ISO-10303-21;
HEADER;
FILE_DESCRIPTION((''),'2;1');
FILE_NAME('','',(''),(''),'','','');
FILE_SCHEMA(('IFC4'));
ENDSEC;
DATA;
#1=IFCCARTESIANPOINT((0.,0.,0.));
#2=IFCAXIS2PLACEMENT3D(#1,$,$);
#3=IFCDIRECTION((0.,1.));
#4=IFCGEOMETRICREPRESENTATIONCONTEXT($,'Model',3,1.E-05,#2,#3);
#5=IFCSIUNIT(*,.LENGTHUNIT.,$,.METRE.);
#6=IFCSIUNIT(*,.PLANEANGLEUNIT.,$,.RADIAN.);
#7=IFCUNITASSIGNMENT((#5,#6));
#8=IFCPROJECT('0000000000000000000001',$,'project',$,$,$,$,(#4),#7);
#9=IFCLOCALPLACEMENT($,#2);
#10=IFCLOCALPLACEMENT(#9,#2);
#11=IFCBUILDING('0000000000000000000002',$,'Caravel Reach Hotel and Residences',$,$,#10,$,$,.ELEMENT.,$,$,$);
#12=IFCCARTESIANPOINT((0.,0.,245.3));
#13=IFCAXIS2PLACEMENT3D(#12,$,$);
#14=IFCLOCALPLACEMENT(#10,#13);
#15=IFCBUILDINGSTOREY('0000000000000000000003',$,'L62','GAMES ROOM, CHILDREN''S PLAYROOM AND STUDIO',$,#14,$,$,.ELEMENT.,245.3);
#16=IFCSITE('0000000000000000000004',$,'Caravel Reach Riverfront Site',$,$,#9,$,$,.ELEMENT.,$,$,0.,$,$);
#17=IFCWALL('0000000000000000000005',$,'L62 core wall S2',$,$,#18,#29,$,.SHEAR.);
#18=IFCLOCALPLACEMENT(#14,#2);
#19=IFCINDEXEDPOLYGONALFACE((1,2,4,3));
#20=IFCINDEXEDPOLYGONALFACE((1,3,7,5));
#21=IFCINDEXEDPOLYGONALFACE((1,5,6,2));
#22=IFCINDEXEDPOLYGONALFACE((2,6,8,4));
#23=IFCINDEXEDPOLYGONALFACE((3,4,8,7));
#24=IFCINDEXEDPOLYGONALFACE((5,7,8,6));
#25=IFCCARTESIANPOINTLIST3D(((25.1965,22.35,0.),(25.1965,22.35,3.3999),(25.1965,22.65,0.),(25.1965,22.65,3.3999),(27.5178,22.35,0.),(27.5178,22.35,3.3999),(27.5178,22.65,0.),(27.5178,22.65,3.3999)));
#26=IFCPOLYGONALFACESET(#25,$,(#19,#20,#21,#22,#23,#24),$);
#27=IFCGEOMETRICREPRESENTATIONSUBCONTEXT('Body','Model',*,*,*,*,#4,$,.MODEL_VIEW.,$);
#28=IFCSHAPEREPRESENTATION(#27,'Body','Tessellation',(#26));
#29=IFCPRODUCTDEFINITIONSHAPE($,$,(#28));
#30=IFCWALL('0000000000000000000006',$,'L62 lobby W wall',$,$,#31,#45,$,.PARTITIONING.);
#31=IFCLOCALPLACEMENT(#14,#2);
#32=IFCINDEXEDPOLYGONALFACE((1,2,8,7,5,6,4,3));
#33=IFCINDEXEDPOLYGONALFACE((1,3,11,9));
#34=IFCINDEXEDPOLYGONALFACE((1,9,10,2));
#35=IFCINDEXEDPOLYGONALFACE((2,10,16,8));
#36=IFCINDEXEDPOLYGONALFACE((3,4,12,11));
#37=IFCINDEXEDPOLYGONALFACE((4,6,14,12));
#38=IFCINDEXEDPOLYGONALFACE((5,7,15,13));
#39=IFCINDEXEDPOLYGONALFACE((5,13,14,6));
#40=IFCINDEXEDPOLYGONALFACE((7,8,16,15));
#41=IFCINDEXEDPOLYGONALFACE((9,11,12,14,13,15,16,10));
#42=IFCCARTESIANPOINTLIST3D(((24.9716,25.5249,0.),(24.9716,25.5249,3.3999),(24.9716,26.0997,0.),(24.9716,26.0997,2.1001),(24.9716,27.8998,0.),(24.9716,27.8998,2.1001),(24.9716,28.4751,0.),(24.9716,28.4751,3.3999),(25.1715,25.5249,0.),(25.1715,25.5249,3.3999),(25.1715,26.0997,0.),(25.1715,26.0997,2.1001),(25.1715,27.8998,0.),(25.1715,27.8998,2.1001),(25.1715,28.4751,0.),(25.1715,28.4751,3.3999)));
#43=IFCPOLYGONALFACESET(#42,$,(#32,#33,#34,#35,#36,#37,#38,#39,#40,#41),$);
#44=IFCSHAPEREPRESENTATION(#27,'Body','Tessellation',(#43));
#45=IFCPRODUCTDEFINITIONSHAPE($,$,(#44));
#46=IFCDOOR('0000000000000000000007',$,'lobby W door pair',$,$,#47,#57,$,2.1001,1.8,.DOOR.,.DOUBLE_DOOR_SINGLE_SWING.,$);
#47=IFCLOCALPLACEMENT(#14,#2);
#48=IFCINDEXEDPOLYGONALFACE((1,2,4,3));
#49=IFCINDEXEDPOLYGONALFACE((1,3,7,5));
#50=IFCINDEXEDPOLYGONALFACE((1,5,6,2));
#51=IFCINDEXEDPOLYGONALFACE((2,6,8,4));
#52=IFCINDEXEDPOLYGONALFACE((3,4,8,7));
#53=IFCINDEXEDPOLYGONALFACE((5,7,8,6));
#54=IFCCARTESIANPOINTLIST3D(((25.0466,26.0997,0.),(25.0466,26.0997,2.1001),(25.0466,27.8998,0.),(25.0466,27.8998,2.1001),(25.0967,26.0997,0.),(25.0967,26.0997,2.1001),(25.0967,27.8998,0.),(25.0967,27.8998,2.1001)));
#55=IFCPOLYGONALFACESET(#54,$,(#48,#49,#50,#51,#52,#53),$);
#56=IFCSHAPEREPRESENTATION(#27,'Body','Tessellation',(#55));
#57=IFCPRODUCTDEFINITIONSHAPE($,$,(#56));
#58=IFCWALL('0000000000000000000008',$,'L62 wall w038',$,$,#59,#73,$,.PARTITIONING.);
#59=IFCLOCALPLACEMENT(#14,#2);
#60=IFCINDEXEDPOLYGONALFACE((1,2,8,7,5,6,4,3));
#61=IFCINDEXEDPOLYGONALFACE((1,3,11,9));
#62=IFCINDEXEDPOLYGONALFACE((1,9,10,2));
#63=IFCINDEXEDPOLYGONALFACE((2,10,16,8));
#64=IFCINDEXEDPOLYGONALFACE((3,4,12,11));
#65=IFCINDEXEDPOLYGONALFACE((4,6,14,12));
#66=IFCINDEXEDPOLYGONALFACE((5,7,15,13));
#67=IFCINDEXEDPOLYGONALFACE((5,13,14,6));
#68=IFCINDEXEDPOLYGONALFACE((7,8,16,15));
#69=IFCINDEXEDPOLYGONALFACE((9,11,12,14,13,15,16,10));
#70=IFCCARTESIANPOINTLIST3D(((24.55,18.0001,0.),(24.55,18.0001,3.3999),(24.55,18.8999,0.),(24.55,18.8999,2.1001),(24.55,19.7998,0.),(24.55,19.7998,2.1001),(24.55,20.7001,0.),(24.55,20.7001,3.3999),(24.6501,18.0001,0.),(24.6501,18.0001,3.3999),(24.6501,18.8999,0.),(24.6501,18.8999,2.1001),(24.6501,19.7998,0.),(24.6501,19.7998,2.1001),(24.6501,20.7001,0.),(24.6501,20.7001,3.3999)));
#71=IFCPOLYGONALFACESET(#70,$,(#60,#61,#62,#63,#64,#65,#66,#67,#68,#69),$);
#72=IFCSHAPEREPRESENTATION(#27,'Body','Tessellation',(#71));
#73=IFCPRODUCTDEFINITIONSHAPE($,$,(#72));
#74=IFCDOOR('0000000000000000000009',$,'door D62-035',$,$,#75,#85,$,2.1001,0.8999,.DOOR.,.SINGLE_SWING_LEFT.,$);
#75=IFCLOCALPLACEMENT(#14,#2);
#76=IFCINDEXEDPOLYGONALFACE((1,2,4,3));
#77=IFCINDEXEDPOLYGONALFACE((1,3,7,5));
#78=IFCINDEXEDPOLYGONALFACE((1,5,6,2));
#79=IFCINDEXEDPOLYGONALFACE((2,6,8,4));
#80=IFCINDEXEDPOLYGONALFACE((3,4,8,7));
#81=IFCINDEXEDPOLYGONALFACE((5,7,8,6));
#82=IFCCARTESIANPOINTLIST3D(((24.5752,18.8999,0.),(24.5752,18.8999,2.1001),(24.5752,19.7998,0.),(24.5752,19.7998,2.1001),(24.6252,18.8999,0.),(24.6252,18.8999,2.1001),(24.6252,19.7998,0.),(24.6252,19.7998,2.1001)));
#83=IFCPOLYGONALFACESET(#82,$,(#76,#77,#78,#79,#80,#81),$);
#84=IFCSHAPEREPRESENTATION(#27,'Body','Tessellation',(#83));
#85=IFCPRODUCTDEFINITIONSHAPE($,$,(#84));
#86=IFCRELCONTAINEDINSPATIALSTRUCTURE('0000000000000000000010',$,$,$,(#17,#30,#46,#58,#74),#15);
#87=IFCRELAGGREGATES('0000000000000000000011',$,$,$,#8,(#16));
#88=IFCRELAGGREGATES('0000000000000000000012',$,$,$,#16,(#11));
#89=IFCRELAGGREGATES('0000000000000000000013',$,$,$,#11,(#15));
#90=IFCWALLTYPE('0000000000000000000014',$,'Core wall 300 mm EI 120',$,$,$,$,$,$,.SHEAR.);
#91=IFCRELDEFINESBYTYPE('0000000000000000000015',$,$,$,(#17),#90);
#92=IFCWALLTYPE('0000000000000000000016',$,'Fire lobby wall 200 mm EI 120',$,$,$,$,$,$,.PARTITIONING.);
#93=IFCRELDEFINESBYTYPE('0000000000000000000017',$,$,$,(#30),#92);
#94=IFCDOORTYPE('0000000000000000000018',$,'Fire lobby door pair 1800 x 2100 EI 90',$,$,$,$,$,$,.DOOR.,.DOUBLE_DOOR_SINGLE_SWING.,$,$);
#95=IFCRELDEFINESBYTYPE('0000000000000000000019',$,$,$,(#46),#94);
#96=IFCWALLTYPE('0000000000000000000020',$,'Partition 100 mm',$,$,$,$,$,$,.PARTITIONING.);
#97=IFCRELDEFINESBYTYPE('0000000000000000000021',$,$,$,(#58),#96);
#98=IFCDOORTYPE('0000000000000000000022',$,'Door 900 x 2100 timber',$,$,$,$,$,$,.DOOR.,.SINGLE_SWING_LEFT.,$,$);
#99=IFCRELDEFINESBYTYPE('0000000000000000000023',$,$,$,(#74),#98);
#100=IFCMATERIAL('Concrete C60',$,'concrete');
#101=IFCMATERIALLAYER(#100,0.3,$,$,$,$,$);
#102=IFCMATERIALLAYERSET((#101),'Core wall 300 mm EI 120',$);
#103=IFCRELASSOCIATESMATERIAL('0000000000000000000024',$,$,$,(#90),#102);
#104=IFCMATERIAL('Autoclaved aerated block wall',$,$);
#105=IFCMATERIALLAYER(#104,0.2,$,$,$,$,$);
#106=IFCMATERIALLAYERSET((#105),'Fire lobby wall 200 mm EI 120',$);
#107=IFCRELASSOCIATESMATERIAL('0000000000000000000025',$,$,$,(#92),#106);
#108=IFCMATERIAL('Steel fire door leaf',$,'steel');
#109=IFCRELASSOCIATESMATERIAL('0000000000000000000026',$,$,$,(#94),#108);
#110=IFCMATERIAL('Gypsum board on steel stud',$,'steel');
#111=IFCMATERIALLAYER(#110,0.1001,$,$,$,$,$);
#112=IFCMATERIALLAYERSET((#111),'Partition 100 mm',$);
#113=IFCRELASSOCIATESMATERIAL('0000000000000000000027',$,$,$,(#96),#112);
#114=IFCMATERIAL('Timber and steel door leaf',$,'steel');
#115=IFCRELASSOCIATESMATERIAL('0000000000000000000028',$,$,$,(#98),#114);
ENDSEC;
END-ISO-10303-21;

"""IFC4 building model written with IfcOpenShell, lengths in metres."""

from ifc_helpers import new_model, si_unit, direction, frame, frame_2d, origin, place, context, subcontext, project, spatial, rectangle, extrude, material, layer, layer_set, type_object, element, fill, save


model = new_model("IFC4")

# Units and contexts
model_context = context("Model", 3, precision=1e-05, world=origin(), true_north=direction((0.0, 1.0)))
body_context = subcontext(model_context, "Body", "Model", "MODEL_VIEW")
ifc_project = project(units=[si_unit("LENGTHUNIT", "METRE"), si_unit("PLANEANGLEUNIT", "RADIAN")], contexts=[model_context])

# Site, building, storey
site_placement = place(None, origin())
site = spatial("IfcSite", under=ifc_project, at=site_placement, Name="Caravel Reach Riverfront Site", CompositionType="ELEMENT", RefElevation=0.0)
building_placement = place(site_placement, origin())
building = spatial("IfcBuilding", under=site, at=building_placement, Name="Caravel Reach Hotel and Residences", CompositionType="ELEMENT")
storey_placement = place(building_placement, frame((0.0, 0.0, 245.3)))
storey = spatial("IfcBuildingStorey", under=building, at=storey_placement, Name="L62", Description="GAMES ROOM, CHILDREN'S PLAYROOM AND STUDIO", CompositionType="ELEMENT", Elevation=245.3)

# Wall
ifc_material_1 = material(Name="Concrete C60", Category="concrete")
ifc_layer_1 = layer(ifc_material_1, 0.3)
ifc_layer_set_1 = layer_set([ifc_layer_1], Name="Core wall 300 mm EI 120")
wall_type_1 = type_object("IfcWallType", Name="Core wall 300 mm EI 120", PredefinedType="SHEAR", material=ifc_layer_set_1)
wall_1_placement = place(storey_placement, frame((25.1965, 22.5, 0.0), z_axis=(0.0, 0.0, 1.0), x_axis=(1.0, 0.0, 0.0)))
element("IfcWall", 1, at=wall_1_placement, inside=storey, type_object=wall_type_1, Name="L62 core wall S2", PredefinedType="SHEAR", context=body_context, shape_type="SweptSolid", body=[
    extrude(rectangle(XDim=2.3213, YDim=0.3, at=frame_2d((1.1606, 0.0))), origin(), (0.0, 0.0, 1.0), 3.3999),
])

# Walls, openings, doors
ifc_material_2 = material(Name="Autoclaved aerated block wall")
ifc_layer_2 = layer(ifc_material_2, 0.2)
ifc_layer_set_2 = layer_set([ifc_layer_2], Name="Fire lobby wall 200 mm EI 120")
wall_type_2 = type_object("IfcWallType", Name="Fire lobby wall 200 mm EI 120", PredefinedType="PARTITIONING", material=ifc_layer_set_2)
wall_2_placement = place(storey_placement, frame((25.0715, 25.5249, 0.0), z_axis=(0.0, 0.0, 1.0), x_axis=(0.0, 1.0, 0.0)))
wall_2 = element("IfcWall", 2, at=wall_2_placement, inside=storey, type_object=wall_type_2, Name="L62 lobby W wall", PredefinedType="PARTITIONING", context=body_context, shape_type="SweptSolid", body=[
    extrude(rectangle(XDim=2.9502, YDim=0.2, at=frame_2d((1.4751, 0.0))), origin(), (0.0, 0.0, 1.0), 3.3999),
])
opening_1_placement = place(wall_2_placement, frame((0.575, 0.0, 0.0)))
opening_1 = element("IfcOpeningElement", 3, at=opening_1_placement, cuts=wall_2, PredefinedType="OPENING", context=body_context, shape_type="SweptSolid", body=[
    extrude(rectangle(XDim=1.8, YDim=2.1001, at=frame_2d((0.8999, 1.05))), frame((0.0, 0.1099, 0.0), z_axis=(0.0, -1.0, 0.0), x_axis=(1.0, 0.0, 0.0)), (0.0, 0.0, 1.0), 0.22),
])
ifc_material_3 = material(Name="Steel fire door leaf", Category="steel")
door_type_1 = type_object("IfcDoorType", Name="Fire lobby door pair 1800 x 2100 EI 90", OperationType="DOUBLE_DOOR_SINGLE_SWING", PredefinedType="DOOR", material=ifc_material_3)
door_1_placement = place(opening_1_placement, origin())
door_1 = element("IfcDoor", 4, at=door_1_placement, inside=storey, type_object=door_type_1, Name="lobby W door pair", OperationType="DOUBLE_DOOR_SINGLE_SWING", OverallHeight=2.1001, OverallWidth=1.8, PredefinedType="DOOR", context=body_context, shape_type="SweptSolid", body=[
    extrude(rectangle(XDim=1.8, YDim=2.1001, at=frame_2d((0.8999, 1.05))), frame((0.0, 0.0249, 0.0), z_axis=(0.0, -1.0, 0.0), x_axis=(1.0, 0.0, 0.0)), (0.0, 0.0, 1.0), 0.05),
])
fill(opening_1, door_1)
ifc_material_4 = material(Name="Gypsum board on steel stud", Category="steel")
ifc_layer_3 = layer(ifc_material_4, 0.1001)
ifc_layer_set_3 = layer_set([ifc_layer_3], Name="Partition 100 mm")
wall_type_3 = type_object("IfcWallType", Name="Partition 100 mm", PredefinedType="PARTITIONING", material=ifc_layer_set_3)
wall_3_placement = place(storey_placement, frame((24.6001, 18.0, 0.0), z_axis=(0.0, 0.0, 1.0), x_axis=(0.0, 1.0, 0.0)))
wall_3 = element("IfcWall", 5, at=wall_3_placement, inside=storey, type_object=wall_type_3, Name="L62 wall w038", PredefinedType="PARTITIONING", context=body_context, shape_type="SweptSolid", body=[
    extrude(rectangle(XDim=2.7, YDim=0.1001, at=frame_2d((1.3501, 0.0))), origin(), (0.0, 0.0, 1.0), 3.3999),
])
opening_2_placement = place(wall_3_placement, frame((0.8999, 0.0, 0.0)))
opening_2 = element("IfcOpeningElement", 6, at=opening_2_placement, cuts=wall_3, PredefinedType="OPENING", context=body_context, shape_type="SweptSolid", body=[
    extrude(rectangle(XDim=0.8999, YDim=2.1001, at=frame_2d((0.45, 1.05))), frame((0.0, 0.0601, 0.0), z_axis=(0.0, -1.0, 0.0), x_axis=(1.0, 0.0, 0.0)), (0.0, 0.0, 1.0), 0.1201),
])
ifc_material_5 = material(Name="Timber and steel door leaf", Category="steel")
door_type_2 = type_object("IfcDoorType", Name="Door 900 x 2100 timber", OperationType="SINGLE_SWING_LEFT", PredefinedType="DOOR", material=ifc_material_5)
door_2_placement = place(opening_2_placement, origin())
door_2 = element("IfcDoor", 7, at=door_2_placement, inside=storey, type_object=door_type_2, Name="door D62-035", OperationType="SINGLE_SWING_LEFT", OverallHeight=2.1001, OverallWidth=0.8999, PredefinedType="DOOR", context=body_context, shape_type="SweptSolid", body=[
    extrude(rectangle(XDim=0.8999, YDim=2.1001, at=frame_2d((0.45, 1.05))), frame((0.0, 0.0249, 0.0), z_axis=(0.0, -1.0, 0.0), x_axis=(1.0, 0.0, 0.0)), (0.0, 0.0, 1.0), 0.05),
])
fill(opening_2, door_2)

save(model, "model.ifc")
